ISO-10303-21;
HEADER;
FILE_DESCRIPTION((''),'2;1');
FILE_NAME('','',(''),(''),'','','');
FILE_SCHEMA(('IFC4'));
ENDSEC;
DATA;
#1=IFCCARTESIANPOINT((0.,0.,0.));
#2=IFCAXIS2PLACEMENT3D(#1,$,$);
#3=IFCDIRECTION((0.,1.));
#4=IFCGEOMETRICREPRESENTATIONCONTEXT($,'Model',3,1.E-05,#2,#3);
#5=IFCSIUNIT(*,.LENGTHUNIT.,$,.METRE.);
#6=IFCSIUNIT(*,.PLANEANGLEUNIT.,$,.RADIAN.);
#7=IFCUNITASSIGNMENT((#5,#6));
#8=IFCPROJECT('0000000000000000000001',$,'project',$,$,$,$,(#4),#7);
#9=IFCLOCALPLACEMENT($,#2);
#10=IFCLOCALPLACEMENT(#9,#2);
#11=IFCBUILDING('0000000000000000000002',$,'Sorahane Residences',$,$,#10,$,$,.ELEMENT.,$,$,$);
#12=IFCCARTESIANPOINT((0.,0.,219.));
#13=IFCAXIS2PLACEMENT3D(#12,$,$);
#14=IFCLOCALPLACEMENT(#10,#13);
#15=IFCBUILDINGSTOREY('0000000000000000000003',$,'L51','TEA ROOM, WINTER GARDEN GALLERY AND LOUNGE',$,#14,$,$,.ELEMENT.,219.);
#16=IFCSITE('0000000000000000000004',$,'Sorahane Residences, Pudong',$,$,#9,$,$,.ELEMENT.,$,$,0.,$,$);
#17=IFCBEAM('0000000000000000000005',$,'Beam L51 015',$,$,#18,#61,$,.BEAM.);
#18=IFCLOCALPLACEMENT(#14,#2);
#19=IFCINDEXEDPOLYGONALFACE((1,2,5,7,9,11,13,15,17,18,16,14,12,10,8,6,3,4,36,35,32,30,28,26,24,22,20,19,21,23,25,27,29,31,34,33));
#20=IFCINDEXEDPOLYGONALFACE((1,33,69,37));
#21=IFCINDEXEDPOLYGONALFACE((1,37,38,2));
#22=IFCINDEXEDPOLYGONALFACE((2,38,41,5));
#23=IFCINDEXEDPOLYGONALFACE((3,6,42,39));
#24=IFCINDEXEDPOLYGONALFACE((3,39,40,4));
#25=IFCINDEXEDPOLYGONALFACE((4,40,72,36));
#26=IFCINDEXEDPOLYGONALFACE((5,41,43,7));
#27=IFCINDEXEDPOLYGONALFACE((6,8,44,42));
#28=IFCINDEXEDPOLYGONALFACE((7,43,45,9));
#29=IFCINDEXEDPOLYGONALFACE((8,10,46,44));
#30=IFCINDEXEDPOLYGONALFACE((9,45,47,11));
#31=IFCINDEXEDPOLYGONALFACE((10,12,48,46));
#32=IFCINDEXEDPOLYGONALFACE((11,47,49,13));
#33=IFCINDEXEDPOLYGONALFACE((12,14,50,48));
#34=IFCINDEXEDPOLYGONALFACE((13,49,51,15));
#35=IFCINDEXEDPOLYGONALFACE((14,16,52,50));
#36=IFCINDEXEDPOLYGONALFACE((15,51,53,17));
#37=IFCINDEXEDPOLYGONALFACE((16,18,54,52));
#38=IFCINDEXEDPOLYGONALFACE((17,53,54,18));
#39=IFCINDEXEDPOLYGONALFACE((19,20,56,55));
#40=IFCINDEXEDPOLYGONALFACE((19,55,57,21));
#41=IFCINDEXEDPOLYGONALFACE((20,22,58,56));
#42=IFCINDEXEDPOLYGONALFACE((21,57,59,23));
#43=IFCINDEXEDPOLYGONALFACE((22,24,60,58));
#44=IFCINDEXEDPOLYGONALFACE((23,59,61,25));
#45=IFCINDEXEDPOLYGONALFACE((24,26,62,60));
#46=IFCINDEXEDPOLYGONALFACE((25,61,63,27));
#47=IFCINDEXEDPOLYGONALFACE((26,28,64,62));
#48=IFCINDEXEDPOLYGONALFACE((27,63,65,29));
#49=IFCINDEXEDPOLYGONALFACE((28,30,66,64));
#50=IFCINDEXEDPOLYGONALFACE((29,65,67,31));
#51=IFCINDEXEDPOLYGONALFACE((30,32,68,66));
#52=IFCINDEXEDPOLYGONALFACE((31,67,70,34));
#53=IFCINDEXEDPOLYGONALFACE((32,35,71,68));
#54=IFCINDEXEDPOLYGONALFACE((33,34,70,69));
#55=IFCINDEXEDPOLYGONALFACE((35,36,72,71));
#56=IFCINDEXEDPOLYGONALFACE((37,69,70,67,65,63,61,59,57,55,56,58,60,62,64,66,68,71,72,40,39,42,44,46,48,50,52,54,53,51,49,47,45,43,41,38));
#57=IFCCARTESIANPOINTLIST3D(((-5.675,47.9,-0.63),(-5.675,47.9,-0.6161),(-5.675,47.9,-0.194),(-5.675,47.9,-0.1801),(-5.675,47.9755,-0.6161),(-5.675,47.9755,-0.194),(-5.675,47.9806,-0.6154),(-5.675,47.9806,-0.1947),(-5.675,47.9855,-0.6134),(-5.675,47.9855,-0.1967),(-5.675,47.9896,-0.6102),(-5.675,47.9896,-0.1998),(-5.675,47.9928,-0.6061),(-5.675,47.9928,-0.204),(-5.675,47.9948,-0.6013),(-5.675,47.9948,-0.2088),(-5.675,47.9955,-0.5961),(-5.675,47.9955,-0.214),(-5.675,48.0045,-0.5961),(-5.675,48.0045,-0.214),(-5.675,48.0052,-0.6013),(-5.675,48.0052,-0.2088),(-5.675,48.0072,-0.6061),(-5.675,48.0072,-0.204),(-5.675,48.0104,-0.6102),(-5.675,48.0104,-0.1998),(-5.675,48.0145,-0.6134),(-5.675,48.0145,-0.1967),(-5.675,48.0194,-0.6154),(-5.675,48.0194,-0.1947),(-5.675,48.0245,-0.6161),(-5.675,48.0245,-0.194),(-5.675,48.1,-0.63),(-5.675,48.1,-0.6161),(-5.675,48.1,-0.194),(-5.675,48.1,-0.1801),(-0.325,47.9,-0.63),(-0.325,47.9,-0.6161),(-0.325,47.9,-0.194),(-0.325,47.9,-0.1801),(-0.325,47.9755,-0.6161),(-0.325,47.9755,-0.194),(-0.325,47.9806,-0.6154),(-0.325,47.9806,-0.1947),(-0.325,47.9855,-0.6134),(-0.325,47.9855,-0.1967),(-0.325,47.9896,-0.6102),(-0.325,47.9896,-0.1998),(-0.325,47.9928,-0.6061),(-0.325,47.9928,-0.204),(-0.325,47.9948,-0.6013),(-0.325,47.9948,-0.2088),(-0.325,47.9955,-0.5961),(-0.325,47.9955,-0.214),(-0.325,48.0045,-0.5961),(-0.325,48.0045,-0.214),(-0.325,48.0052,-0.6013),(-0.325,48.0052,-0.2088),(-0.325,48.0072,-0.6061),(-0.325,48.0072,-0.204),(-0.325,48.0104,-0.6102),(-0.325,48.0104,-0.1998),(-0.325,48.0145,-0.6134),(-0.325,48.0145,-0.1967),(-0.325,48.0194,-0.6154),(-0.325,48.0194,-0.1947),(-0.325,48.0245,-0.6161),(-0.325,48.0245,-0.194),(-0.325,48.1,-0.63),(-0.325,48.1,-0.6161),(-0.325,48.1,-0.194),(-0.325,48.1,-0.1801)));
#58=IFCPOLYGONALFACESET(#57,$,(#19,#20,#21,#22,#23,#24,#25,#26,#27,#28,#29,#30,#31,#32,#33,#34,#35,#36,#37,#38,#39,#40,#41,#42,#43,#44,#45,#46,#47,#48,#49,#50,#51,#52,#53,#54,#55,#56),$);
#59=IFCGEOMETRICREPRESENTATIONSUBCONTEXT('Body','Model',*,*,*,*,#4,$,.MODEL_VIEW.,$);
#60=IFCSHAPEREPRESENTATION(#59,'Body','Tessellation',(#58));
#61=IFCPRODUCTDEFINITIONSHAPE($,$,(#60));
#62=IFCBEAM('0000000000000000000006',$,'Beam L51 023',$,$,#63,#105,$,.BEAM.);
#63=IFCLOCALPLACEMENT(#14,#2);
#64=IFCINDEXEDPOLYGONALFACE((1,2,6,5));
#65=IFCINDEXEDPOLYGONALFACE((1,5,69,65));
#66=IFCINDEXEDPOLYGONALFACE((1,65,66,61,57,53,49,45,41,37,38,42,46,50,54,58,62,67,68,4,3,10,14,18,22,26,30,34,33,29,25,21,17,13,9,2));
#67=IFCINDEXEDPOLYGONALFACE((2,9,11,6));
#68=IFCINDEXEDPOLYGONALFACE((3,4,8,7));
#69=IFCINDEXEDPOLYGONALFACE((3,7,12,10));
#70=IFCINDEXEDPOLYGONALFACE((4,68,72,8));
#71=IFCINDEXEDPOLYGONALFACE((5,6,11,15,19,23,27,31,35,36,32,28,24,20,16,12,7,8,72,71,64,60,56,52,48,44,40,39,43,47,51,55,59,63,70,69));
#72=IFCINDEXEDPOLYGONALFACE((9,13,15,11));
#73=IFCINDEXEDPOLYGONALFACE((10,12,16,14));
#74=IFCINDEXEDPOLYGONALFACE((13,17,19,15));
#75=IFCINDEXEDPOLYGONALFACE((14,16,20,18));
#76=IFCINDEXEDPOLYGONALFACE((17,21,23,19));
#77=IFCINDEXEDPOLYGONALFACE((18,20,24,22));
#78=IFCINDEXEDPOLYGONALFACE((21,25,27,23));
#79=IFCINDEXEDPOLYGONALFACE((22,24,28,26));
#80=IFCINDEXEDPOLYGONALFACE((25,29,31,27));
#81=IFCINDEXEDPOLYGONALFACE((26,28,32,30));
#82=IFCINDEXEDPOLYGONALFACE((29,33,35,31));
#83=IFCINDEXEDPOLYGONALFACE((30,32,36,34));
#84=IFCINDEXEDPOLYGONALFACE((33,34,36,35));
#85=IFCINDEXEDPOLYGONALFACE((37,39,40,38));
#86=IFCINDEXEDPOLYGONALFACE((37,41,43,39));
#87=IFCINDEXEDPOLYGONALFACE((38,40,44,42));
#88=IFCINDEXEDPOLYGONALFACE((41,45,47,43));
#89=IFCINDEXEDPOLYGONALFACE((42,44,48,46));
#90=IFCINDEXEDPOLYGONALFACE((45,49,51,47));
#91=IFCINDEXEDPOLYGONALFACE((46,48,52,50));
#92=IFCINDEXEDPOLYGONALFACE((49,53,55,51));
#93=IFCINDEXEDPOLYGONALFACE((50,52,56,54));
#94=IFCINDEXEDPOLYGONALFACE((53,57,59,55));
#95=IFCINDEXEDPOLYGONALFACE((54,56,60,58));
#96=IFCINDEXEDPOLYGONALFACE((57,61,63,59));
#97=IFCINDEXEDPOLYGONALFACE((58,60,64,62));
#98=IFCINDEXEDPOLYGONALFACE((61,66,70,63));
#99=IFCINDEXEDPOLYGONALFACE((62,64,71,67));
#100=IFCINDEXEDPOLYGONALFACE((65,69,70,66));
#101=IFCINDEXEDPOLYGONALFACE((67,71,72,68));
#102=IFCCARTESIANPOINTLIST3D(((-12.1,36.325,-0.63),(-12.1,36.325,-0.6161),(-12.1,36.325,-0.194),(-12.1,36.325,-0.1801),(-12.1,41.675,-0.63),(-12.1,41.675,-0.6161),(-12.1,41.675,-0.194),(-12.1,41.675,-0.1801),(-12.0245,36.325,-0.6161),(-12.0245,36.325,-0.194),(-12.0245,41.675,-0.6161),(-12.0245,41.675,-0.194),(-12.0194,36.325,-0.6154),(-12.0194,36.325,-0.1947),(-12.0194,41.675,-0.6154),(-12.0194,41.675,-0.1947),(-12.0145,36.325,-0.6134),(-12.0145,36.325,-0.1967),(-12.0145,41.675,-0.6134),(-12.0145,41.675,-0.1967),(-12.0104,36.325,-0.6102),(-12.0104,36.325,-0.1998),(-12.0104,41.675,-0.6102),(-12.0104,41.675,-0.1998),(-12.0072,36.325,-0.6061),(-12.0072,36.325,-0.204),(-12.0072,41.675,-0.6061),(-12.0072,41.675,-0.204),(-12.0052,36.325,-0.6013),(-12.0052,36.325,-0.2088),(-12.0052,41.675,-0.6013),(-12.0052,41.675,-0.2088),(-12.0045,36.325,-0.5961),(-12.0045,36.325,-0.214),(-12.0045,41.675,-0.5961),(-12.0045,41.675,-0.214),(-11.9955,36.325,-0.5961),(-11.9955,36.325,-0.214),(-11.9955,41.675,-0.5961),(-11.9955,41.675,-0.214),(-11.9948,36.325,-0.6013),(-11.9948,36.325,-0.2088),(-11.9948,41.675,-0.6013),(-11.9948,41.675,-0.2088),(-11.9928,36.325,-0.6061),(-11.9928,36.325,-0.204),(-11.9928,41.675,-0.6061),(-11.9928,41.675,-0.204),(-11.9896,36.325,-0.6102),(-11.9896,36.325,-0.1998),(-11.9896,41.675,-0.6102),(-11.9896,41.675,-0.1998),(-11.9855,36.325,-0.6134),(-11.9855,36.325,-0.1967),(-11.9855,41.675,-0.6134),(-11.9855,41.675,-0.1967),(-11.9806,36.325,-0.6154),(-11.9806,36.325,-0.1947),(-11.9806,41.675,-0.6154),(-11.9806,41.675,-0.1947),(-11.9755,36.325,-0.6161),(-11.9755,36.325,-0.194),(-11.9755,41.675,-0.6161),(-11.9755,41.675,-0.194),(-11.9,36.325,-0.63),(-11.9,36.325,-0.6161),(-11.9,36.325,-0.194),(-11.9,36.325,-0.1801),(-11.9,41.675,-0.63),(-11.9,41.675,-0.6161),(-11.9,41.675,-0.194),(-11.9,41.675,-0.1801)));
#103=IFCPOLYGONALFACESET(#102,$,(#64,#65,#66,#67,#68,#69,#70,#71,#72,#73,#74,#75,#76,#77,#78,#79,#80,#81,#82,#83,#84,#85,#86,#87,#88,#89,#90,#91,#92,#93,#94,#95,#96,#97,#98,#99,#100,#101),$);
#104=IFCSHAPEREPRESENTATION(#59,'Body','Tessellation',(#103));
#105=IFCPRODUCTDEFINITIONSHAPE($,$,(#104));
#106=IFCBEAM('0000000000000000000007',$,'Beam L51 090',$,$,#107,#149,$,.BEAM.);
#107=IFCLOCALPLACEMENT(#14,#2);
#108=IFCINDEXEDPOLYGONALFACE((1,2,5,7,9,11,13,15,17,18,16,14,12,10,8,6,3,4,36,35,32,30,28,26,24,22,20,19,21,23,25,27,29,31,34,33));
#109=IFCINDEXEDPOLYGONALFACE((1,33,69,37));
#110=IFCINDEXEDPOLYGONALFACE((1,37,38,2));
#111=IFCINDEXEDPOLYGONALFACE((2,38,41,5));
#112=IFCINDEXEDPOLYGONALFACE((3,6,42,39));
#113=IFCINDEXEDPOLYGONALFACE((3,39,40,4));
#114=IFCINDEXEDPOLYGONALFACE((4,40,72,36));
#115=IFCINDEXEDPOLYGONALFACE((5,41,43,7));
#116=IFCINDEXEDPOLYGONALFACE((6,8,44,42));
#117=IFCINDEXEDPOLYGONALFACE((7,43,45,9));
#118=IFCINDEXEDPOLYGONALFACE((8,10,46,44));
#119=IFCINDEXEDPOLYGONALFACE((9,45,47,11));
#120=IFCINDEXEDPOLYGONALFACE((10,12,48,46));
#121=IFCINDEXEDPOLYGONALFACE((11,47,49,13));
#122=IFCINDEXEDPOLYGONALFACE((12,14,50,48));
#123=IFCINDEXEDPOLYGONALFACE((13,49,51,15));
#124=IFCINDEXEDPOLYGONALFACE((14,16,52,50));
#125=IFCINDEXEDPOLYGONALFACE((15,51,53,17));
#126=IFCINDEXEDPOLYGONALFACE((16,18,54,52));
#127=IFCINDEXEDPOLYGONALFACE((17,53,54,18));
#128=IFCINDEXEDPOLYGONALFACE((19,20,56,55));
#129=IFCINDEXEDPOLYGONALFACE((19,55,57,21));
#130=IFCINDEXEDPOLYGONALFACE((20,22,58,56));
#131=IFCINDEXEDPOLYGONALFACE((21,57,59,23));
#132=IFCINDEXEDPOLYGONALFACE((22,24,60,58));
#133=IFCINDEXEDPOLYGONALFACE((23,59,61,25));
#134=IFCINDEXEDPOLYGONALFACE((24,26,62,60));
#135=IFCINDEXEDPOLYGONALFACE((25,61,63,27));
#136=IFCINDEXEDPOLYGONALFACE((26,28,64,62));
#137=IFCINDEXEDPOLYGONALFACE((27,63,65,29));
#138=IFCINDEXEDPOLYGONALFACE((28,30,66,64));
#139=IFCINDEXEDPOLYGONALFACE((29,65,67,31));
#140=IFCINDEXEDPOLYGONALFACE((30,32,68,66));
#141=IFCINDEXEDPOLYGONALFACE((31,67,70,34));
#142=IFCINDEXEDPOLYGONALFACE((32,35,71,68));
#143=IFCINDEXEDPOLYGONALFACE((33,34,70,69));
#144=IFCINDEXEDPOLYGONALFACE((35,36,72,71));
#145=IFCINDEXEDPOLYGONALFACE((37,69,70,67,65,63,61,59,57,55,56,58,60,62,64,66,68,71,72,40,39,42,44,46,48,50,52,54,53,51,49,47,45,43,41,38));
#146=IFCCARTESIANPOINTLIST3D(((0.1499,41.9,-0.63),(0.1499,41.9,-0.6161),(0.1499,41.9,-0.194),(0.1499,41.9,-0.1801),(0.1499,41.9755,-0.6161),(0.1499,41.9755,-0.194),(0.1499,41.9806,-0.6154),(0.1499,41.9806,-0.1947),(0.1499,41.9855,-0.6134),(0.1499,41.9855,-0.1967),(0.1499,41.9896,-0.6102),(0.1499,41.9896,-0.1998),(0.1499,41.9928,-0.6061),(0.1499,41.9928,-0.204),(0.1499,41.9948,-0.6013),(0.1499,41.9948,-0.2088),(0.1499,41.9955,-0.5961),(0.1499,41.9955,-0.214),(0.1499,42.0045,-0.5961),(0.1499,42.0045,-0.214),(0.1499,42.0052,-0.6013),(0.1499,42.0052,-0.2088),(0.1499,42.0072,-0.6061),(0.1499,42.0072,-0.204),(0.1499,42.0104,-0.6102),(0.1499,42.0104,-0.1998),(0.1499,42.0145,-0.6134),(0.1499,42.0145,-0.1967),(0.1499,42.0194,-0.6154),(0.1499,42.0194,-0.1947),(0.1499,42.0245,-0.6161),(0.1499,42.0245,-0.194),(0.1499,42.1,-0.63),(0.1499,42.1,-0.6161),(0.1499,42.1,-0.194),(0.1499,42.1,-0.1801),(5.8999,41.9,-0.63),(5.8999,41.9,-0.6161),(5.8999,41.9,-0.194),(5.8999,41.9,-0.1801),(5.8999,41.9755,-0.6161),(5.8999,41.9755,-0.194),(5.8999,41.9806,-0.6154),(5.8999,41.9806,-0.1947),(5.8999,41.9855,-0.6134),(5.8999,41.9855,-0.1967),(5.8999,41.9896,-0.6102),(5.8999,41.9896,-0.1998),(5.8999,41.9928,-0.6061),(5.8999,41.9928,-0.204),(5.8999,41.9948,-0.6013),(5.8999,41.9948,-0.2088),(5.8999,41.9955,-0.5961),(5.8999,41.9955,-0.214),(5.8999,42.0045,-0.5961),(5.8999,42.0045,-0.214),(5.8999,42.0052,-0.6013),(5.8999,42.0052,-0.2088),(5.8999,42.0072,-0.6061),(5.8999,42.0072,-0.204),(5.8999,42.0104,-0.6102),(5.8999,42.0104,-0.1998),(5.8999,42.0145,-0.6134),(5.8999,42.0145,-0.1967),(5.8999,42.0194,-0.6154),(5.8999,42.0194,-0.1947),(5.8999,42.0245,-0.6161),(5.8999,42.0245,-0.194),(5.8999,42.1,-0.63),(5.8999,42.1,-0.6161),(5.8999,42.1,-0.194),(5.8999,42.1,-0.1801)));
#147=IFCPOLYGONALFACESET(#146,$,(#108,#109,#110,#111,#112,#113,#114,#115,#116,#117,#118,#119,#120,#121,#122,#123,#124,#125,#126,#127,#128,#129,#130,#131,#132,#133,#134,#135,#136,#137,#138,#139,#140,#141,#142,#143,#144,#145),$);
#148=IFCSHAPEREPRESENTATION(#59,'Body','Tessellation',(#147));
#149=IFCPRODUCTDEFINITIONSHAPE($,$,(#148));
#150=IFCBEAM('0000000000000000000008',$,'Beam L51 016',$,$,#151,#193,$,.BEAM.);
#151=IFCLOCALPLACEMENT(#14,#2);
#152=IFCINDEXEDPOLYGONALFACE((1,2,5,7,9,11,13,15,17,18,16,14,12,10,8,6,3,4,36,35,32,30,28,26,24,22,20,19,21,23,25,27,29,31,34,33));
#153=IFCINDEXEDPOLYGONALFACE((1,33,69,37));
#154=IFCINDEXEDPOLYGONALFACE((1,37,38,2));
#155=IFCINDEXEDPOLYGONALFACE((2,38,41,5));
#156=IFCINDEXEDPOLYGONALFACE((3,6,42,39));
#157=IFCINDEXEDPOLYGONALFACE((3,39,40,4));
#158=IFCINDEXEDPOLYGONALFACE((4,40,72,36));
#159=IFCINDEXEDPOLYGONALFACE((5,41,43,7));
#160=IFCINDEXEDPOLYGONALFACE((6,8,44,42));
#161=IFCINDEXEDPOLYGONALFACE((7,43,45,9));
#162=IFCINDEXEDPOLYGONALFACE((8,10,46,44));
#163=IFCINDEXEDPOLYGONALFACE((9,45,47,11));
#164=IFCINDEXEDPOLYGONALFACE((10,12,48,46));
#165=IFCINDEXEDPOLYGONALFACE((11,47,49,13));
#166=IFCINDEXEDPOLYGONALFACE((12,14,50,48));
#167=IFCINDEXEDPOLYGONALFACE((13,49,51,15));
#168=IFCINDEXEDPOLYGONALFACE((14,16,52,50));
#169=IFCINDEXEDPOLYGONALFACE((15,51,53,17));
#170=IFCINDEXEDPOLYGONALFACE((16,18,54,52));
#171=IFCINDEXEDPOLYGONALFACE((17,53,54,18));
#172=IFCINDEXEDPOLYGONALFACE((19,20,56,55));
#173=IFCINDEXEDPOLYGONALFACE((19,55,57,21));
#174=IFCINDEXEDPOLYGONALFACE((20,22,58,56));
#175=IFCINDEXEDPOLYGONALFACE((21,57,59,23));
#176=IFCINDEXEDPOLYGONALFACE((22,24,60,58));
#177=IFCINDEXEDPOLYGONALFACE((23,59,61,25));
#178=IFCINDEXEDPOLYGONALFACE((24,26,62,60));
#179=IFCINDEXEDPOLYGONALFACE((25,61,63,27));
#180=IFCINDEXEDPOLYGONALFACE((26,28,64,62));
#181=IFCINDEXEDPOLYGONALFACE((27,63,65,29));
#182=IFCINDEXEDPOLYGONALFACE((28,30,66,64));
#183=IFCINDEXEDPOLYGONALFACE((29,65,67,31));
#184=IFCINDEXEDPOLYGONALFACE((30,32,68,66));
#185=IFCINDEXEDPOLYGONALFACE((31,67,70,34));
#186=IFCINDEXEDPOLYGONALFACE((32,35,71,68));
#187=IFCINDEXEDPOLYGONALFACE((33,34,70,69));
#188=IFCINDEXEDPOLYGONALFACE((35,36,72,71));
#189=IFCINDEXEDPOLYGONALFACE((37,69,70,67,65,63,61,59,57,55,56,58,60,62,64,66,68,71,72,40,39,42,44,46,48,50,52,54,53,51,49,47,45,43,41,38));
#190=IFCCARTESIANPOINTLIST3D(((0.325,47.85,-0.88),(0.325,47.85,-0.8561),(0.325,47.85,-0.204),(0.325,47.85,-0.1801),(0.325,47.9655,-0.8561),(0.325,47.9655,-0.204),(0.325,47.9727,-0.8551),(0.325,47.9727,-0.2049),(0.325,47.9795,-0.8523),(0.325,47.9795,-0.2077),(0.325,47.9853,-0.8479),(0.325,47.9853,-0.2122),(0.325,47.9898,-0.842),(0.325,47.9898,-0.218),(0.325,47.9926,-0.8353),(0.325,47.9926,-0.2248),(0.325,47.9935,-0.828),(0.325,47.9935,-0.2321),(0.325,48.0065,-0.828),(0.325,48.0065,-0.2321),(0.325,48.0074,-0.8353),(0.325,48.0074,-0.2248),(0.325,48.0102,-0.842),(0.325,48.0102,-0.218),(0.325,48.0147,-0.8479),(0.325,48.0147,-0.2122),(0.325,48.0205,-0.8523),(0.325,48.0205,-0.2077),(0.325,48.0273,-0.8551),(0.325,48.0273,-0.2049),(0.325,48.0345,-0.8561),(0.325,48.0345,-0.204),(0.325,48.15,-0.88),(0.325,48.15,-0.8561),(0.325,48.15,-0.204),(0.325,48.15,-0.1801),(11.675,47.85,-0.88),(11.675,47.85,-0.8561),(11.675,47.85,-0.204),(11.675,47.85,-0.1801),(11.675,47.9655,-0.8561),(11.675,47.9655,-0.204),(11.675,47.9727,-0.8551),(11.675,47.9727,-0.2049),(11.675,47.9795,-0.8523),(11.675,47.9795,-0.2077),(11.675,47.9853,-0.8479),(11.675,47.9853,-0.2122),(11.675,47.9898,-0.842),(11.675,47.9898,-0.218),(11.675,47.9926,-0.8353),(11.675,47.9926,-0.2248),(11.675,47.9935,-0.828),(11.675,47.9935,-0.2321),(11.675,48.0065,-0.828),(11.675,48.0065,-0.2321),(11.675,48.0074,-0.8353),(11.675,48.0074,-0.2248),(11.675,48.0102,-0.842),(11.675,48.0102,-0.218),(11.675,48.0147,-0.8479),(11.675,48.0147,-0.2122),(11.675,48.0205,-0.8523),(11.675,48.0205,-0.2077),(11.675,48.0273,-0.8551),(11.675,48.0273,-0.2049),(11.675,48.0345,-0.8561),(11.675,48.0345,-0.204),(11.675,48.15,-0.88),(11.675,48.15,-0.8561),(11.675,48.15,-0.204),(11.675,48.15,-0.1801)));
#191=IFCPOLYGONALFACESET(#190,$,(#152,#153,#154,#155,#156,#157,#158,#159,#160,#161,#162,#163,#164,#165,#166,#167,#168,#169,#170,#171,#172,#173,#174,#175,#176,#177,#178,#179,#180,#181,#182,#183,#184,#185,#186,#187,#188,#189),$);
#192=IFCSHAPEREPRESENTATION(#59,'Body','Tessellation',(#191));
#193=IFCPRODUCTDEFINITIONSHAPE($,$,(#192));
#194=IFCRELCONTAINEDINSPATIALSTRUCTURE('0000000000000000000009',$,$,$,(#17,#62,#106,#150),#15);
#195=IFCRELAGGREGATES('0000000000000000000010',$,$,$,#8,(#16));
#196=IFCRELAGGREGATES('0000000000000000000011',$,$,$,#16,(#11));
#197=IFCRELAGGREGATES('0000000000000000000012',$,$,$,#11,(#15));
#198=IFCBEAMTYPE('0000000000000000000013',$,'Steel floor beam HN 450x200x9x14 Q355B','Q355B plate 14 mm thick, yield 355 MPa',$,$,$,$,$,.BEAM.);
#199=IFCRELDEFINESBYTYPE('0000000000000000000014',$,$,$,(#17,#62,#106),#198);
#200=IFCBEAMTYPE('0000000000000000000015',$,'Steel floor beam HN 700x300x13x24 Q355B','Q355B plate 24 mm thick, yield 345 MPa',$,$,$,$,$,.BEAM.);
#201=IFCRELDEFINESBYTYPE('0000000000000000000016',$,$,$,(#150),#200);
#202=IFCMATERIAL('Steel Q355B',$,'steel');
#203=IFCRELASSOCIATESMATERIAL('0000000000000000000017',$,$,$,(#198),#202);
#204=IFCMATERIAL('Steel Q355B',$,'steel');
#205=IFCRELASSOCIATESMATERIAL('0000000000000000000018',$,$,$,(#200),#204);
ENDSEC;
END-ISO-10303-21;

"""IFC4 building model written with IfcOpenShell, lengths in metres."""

from ifc_helpers import new_model, si_unit, direction, frame, origin, origin_2d, place, context, subcontext, project, spatial, i_section, extrude, material, material_profile, profile_set, type_object, element, save


model = new_model("IFC4")

# Units and contexts
model_context = context("Model", 3, precision=1e-05, world=origin(), true_north=direction((0.0, 1.0)))
body_context = subcontext(model_context, "Body", "Model", "MODEL_VIEW")
ifc_project = project(units=[si_unit("LENGTHUNIT", "METRE"), si_unit("PLANEANGLEUNIT", "RADIAN")], contexts=[model_context])

# Site, building, storey
site_placement = place(None, origin())
site = spatial("IfcSite", under=ifc_project, at=site_placement, Name="Sorahane Residences, Pudong", CompositionType="ELEMENT", RefElevation=0.0)
building_placement = place(site_placement, origin())
building = spatial("IfcBuilding", under=site, at=building_placement, Name="Sorahane Residences", CompositionType="ELEMENT")
storey_placement = place(building_placement, frame((0.0, 0.0, 219.0)))
storey = spatial("IfcBuildingStorey", under=building, at=storey_placement, Name="L51", Description="TEA ROOM, WINTER GARDEN GALLERY AND LOUNGE", CompositionType="ELEMENT", Elevation=219.0)

# Beams
ifc_material_1 = material(Name="Steel Q355B", Category="steel")
ifc_material_profile_1 = material_profile(ifc_material_1, i_section(OverallWidth=0.2, OverallDepth=0.45, WebThickness=0.009, FlangeThickness=0.0139, FilletRadius=0.02, at=origin_2d()), Name="HN 450x200x9x14")
ifc_profile_set_1 = profile_set([ifc_material_profile_1], Name="Steel Q355B")
beam_type_1 = type_object("IfcBeamType", Name="Steel floor beam HN 450x200x9x14 Q355B", Description="Q355B plate 14 mm thick, yield 355 MPa", PredefinedType="BEAM", material=ifc_profile_set_1)
for number, where, z_axis, x_axis, name in (
    (1, (-5.675, 48.0, -0.405), (1.0, 0.0, 0.0), (0.0, 1.0, 0.0), "Beam L51 015"),
    (2, (-12.0, 36.325, -0.405), (0.0, 1.0, 0.0), (-1.0, 0.0, 0.0), "Beam L51 023"),
):
    element("IfcBeam", number, at=place(storey_placement, frame(where, z_axis=z_axis, x_axis=x_axis)), inside=storey, type_object=beam_type_1, Name=name, PredefinedType="BEAM", context=body_context, shape_type="SweptSolid", body=[
        extrude(i_section(OverallWidth=0.2, OverallDepth=0.45, WebThickness=0.009, FlangeThickness=0.0139, FilletRadius=0.02, at=origin_2d()), origin(), (0.0, 0.0, 1.0), 5.3501),
    ])
beam_1_placement = place(storey_placement, frame((0.1499, 42.0, -0.405), z_axis=(1.0, 0.0, 0.0), x_axis=(0.0, 1.0, 0.0)))
element("IfcBeam", 3, at=beam_1_placement, inside=storey, type_object=beam_type_1, Name="Beam L51 090", PredefinedType="BEAM", context=body_context, shape_type="SweptSolid", body=[
    extrude(i_section(OverallWidth=0.2, OverallDepth=0.45, WebThickness=0.009, FlangeThickness=0.0139, FilletRadius=0.02, at=origin_2d()), origin(), (0.0, 0.0, 1.0), 5.75),
])
ifc_material_2 = material(Name="Steel Q355B", Category="steel")
ifc_material_profile_2 = material_profile(ifc_material_2, i_section(OverallWidth=0.3, OverallDepth=0.7, WebThickness=0.0129, FlangeThickness=0.0239, FilletRadius=0.0281, at=origin_2d()), Name="HN 700x300x13x24")
ifc_profile_set_2 = profile_set([ifc_material_profile_2], Name="Steel Q355B")
beam_type_2 = type_object("IfcBeamType", Name="Steel floor beam HN 700x300x13x24 Q355B", Description="Q355B plate 24 mm thick, yield 345 MPa", PredefinedType="BEAM", material=ifc_profile_set_2)
beam_2_placement = place(storey_placement, frame((0.325, 48.0, -0.53), z_axis=(1.0, 0.0, 0.0), x_axis=(0.0, 1.0, 0.0)))
element("IfcBeam", 4, at=beam_2_placement, inside=storey, type_object=beam_type_2, Name="Beam L51 016", PredefinedType="BEAM", context=body_context, shape_type="SweptSolid", body=[
    extrude(i_section(OverallWidth=0.3, OverallDepth=0.7, WebThickness=0.0129, FlangeThickness=0.0239, FilletRadius=0.0281, at=origin_2d()), origin(), (0.0, 0.0, 1.0), 11.3501),
])

save(model, "model.ifc")
